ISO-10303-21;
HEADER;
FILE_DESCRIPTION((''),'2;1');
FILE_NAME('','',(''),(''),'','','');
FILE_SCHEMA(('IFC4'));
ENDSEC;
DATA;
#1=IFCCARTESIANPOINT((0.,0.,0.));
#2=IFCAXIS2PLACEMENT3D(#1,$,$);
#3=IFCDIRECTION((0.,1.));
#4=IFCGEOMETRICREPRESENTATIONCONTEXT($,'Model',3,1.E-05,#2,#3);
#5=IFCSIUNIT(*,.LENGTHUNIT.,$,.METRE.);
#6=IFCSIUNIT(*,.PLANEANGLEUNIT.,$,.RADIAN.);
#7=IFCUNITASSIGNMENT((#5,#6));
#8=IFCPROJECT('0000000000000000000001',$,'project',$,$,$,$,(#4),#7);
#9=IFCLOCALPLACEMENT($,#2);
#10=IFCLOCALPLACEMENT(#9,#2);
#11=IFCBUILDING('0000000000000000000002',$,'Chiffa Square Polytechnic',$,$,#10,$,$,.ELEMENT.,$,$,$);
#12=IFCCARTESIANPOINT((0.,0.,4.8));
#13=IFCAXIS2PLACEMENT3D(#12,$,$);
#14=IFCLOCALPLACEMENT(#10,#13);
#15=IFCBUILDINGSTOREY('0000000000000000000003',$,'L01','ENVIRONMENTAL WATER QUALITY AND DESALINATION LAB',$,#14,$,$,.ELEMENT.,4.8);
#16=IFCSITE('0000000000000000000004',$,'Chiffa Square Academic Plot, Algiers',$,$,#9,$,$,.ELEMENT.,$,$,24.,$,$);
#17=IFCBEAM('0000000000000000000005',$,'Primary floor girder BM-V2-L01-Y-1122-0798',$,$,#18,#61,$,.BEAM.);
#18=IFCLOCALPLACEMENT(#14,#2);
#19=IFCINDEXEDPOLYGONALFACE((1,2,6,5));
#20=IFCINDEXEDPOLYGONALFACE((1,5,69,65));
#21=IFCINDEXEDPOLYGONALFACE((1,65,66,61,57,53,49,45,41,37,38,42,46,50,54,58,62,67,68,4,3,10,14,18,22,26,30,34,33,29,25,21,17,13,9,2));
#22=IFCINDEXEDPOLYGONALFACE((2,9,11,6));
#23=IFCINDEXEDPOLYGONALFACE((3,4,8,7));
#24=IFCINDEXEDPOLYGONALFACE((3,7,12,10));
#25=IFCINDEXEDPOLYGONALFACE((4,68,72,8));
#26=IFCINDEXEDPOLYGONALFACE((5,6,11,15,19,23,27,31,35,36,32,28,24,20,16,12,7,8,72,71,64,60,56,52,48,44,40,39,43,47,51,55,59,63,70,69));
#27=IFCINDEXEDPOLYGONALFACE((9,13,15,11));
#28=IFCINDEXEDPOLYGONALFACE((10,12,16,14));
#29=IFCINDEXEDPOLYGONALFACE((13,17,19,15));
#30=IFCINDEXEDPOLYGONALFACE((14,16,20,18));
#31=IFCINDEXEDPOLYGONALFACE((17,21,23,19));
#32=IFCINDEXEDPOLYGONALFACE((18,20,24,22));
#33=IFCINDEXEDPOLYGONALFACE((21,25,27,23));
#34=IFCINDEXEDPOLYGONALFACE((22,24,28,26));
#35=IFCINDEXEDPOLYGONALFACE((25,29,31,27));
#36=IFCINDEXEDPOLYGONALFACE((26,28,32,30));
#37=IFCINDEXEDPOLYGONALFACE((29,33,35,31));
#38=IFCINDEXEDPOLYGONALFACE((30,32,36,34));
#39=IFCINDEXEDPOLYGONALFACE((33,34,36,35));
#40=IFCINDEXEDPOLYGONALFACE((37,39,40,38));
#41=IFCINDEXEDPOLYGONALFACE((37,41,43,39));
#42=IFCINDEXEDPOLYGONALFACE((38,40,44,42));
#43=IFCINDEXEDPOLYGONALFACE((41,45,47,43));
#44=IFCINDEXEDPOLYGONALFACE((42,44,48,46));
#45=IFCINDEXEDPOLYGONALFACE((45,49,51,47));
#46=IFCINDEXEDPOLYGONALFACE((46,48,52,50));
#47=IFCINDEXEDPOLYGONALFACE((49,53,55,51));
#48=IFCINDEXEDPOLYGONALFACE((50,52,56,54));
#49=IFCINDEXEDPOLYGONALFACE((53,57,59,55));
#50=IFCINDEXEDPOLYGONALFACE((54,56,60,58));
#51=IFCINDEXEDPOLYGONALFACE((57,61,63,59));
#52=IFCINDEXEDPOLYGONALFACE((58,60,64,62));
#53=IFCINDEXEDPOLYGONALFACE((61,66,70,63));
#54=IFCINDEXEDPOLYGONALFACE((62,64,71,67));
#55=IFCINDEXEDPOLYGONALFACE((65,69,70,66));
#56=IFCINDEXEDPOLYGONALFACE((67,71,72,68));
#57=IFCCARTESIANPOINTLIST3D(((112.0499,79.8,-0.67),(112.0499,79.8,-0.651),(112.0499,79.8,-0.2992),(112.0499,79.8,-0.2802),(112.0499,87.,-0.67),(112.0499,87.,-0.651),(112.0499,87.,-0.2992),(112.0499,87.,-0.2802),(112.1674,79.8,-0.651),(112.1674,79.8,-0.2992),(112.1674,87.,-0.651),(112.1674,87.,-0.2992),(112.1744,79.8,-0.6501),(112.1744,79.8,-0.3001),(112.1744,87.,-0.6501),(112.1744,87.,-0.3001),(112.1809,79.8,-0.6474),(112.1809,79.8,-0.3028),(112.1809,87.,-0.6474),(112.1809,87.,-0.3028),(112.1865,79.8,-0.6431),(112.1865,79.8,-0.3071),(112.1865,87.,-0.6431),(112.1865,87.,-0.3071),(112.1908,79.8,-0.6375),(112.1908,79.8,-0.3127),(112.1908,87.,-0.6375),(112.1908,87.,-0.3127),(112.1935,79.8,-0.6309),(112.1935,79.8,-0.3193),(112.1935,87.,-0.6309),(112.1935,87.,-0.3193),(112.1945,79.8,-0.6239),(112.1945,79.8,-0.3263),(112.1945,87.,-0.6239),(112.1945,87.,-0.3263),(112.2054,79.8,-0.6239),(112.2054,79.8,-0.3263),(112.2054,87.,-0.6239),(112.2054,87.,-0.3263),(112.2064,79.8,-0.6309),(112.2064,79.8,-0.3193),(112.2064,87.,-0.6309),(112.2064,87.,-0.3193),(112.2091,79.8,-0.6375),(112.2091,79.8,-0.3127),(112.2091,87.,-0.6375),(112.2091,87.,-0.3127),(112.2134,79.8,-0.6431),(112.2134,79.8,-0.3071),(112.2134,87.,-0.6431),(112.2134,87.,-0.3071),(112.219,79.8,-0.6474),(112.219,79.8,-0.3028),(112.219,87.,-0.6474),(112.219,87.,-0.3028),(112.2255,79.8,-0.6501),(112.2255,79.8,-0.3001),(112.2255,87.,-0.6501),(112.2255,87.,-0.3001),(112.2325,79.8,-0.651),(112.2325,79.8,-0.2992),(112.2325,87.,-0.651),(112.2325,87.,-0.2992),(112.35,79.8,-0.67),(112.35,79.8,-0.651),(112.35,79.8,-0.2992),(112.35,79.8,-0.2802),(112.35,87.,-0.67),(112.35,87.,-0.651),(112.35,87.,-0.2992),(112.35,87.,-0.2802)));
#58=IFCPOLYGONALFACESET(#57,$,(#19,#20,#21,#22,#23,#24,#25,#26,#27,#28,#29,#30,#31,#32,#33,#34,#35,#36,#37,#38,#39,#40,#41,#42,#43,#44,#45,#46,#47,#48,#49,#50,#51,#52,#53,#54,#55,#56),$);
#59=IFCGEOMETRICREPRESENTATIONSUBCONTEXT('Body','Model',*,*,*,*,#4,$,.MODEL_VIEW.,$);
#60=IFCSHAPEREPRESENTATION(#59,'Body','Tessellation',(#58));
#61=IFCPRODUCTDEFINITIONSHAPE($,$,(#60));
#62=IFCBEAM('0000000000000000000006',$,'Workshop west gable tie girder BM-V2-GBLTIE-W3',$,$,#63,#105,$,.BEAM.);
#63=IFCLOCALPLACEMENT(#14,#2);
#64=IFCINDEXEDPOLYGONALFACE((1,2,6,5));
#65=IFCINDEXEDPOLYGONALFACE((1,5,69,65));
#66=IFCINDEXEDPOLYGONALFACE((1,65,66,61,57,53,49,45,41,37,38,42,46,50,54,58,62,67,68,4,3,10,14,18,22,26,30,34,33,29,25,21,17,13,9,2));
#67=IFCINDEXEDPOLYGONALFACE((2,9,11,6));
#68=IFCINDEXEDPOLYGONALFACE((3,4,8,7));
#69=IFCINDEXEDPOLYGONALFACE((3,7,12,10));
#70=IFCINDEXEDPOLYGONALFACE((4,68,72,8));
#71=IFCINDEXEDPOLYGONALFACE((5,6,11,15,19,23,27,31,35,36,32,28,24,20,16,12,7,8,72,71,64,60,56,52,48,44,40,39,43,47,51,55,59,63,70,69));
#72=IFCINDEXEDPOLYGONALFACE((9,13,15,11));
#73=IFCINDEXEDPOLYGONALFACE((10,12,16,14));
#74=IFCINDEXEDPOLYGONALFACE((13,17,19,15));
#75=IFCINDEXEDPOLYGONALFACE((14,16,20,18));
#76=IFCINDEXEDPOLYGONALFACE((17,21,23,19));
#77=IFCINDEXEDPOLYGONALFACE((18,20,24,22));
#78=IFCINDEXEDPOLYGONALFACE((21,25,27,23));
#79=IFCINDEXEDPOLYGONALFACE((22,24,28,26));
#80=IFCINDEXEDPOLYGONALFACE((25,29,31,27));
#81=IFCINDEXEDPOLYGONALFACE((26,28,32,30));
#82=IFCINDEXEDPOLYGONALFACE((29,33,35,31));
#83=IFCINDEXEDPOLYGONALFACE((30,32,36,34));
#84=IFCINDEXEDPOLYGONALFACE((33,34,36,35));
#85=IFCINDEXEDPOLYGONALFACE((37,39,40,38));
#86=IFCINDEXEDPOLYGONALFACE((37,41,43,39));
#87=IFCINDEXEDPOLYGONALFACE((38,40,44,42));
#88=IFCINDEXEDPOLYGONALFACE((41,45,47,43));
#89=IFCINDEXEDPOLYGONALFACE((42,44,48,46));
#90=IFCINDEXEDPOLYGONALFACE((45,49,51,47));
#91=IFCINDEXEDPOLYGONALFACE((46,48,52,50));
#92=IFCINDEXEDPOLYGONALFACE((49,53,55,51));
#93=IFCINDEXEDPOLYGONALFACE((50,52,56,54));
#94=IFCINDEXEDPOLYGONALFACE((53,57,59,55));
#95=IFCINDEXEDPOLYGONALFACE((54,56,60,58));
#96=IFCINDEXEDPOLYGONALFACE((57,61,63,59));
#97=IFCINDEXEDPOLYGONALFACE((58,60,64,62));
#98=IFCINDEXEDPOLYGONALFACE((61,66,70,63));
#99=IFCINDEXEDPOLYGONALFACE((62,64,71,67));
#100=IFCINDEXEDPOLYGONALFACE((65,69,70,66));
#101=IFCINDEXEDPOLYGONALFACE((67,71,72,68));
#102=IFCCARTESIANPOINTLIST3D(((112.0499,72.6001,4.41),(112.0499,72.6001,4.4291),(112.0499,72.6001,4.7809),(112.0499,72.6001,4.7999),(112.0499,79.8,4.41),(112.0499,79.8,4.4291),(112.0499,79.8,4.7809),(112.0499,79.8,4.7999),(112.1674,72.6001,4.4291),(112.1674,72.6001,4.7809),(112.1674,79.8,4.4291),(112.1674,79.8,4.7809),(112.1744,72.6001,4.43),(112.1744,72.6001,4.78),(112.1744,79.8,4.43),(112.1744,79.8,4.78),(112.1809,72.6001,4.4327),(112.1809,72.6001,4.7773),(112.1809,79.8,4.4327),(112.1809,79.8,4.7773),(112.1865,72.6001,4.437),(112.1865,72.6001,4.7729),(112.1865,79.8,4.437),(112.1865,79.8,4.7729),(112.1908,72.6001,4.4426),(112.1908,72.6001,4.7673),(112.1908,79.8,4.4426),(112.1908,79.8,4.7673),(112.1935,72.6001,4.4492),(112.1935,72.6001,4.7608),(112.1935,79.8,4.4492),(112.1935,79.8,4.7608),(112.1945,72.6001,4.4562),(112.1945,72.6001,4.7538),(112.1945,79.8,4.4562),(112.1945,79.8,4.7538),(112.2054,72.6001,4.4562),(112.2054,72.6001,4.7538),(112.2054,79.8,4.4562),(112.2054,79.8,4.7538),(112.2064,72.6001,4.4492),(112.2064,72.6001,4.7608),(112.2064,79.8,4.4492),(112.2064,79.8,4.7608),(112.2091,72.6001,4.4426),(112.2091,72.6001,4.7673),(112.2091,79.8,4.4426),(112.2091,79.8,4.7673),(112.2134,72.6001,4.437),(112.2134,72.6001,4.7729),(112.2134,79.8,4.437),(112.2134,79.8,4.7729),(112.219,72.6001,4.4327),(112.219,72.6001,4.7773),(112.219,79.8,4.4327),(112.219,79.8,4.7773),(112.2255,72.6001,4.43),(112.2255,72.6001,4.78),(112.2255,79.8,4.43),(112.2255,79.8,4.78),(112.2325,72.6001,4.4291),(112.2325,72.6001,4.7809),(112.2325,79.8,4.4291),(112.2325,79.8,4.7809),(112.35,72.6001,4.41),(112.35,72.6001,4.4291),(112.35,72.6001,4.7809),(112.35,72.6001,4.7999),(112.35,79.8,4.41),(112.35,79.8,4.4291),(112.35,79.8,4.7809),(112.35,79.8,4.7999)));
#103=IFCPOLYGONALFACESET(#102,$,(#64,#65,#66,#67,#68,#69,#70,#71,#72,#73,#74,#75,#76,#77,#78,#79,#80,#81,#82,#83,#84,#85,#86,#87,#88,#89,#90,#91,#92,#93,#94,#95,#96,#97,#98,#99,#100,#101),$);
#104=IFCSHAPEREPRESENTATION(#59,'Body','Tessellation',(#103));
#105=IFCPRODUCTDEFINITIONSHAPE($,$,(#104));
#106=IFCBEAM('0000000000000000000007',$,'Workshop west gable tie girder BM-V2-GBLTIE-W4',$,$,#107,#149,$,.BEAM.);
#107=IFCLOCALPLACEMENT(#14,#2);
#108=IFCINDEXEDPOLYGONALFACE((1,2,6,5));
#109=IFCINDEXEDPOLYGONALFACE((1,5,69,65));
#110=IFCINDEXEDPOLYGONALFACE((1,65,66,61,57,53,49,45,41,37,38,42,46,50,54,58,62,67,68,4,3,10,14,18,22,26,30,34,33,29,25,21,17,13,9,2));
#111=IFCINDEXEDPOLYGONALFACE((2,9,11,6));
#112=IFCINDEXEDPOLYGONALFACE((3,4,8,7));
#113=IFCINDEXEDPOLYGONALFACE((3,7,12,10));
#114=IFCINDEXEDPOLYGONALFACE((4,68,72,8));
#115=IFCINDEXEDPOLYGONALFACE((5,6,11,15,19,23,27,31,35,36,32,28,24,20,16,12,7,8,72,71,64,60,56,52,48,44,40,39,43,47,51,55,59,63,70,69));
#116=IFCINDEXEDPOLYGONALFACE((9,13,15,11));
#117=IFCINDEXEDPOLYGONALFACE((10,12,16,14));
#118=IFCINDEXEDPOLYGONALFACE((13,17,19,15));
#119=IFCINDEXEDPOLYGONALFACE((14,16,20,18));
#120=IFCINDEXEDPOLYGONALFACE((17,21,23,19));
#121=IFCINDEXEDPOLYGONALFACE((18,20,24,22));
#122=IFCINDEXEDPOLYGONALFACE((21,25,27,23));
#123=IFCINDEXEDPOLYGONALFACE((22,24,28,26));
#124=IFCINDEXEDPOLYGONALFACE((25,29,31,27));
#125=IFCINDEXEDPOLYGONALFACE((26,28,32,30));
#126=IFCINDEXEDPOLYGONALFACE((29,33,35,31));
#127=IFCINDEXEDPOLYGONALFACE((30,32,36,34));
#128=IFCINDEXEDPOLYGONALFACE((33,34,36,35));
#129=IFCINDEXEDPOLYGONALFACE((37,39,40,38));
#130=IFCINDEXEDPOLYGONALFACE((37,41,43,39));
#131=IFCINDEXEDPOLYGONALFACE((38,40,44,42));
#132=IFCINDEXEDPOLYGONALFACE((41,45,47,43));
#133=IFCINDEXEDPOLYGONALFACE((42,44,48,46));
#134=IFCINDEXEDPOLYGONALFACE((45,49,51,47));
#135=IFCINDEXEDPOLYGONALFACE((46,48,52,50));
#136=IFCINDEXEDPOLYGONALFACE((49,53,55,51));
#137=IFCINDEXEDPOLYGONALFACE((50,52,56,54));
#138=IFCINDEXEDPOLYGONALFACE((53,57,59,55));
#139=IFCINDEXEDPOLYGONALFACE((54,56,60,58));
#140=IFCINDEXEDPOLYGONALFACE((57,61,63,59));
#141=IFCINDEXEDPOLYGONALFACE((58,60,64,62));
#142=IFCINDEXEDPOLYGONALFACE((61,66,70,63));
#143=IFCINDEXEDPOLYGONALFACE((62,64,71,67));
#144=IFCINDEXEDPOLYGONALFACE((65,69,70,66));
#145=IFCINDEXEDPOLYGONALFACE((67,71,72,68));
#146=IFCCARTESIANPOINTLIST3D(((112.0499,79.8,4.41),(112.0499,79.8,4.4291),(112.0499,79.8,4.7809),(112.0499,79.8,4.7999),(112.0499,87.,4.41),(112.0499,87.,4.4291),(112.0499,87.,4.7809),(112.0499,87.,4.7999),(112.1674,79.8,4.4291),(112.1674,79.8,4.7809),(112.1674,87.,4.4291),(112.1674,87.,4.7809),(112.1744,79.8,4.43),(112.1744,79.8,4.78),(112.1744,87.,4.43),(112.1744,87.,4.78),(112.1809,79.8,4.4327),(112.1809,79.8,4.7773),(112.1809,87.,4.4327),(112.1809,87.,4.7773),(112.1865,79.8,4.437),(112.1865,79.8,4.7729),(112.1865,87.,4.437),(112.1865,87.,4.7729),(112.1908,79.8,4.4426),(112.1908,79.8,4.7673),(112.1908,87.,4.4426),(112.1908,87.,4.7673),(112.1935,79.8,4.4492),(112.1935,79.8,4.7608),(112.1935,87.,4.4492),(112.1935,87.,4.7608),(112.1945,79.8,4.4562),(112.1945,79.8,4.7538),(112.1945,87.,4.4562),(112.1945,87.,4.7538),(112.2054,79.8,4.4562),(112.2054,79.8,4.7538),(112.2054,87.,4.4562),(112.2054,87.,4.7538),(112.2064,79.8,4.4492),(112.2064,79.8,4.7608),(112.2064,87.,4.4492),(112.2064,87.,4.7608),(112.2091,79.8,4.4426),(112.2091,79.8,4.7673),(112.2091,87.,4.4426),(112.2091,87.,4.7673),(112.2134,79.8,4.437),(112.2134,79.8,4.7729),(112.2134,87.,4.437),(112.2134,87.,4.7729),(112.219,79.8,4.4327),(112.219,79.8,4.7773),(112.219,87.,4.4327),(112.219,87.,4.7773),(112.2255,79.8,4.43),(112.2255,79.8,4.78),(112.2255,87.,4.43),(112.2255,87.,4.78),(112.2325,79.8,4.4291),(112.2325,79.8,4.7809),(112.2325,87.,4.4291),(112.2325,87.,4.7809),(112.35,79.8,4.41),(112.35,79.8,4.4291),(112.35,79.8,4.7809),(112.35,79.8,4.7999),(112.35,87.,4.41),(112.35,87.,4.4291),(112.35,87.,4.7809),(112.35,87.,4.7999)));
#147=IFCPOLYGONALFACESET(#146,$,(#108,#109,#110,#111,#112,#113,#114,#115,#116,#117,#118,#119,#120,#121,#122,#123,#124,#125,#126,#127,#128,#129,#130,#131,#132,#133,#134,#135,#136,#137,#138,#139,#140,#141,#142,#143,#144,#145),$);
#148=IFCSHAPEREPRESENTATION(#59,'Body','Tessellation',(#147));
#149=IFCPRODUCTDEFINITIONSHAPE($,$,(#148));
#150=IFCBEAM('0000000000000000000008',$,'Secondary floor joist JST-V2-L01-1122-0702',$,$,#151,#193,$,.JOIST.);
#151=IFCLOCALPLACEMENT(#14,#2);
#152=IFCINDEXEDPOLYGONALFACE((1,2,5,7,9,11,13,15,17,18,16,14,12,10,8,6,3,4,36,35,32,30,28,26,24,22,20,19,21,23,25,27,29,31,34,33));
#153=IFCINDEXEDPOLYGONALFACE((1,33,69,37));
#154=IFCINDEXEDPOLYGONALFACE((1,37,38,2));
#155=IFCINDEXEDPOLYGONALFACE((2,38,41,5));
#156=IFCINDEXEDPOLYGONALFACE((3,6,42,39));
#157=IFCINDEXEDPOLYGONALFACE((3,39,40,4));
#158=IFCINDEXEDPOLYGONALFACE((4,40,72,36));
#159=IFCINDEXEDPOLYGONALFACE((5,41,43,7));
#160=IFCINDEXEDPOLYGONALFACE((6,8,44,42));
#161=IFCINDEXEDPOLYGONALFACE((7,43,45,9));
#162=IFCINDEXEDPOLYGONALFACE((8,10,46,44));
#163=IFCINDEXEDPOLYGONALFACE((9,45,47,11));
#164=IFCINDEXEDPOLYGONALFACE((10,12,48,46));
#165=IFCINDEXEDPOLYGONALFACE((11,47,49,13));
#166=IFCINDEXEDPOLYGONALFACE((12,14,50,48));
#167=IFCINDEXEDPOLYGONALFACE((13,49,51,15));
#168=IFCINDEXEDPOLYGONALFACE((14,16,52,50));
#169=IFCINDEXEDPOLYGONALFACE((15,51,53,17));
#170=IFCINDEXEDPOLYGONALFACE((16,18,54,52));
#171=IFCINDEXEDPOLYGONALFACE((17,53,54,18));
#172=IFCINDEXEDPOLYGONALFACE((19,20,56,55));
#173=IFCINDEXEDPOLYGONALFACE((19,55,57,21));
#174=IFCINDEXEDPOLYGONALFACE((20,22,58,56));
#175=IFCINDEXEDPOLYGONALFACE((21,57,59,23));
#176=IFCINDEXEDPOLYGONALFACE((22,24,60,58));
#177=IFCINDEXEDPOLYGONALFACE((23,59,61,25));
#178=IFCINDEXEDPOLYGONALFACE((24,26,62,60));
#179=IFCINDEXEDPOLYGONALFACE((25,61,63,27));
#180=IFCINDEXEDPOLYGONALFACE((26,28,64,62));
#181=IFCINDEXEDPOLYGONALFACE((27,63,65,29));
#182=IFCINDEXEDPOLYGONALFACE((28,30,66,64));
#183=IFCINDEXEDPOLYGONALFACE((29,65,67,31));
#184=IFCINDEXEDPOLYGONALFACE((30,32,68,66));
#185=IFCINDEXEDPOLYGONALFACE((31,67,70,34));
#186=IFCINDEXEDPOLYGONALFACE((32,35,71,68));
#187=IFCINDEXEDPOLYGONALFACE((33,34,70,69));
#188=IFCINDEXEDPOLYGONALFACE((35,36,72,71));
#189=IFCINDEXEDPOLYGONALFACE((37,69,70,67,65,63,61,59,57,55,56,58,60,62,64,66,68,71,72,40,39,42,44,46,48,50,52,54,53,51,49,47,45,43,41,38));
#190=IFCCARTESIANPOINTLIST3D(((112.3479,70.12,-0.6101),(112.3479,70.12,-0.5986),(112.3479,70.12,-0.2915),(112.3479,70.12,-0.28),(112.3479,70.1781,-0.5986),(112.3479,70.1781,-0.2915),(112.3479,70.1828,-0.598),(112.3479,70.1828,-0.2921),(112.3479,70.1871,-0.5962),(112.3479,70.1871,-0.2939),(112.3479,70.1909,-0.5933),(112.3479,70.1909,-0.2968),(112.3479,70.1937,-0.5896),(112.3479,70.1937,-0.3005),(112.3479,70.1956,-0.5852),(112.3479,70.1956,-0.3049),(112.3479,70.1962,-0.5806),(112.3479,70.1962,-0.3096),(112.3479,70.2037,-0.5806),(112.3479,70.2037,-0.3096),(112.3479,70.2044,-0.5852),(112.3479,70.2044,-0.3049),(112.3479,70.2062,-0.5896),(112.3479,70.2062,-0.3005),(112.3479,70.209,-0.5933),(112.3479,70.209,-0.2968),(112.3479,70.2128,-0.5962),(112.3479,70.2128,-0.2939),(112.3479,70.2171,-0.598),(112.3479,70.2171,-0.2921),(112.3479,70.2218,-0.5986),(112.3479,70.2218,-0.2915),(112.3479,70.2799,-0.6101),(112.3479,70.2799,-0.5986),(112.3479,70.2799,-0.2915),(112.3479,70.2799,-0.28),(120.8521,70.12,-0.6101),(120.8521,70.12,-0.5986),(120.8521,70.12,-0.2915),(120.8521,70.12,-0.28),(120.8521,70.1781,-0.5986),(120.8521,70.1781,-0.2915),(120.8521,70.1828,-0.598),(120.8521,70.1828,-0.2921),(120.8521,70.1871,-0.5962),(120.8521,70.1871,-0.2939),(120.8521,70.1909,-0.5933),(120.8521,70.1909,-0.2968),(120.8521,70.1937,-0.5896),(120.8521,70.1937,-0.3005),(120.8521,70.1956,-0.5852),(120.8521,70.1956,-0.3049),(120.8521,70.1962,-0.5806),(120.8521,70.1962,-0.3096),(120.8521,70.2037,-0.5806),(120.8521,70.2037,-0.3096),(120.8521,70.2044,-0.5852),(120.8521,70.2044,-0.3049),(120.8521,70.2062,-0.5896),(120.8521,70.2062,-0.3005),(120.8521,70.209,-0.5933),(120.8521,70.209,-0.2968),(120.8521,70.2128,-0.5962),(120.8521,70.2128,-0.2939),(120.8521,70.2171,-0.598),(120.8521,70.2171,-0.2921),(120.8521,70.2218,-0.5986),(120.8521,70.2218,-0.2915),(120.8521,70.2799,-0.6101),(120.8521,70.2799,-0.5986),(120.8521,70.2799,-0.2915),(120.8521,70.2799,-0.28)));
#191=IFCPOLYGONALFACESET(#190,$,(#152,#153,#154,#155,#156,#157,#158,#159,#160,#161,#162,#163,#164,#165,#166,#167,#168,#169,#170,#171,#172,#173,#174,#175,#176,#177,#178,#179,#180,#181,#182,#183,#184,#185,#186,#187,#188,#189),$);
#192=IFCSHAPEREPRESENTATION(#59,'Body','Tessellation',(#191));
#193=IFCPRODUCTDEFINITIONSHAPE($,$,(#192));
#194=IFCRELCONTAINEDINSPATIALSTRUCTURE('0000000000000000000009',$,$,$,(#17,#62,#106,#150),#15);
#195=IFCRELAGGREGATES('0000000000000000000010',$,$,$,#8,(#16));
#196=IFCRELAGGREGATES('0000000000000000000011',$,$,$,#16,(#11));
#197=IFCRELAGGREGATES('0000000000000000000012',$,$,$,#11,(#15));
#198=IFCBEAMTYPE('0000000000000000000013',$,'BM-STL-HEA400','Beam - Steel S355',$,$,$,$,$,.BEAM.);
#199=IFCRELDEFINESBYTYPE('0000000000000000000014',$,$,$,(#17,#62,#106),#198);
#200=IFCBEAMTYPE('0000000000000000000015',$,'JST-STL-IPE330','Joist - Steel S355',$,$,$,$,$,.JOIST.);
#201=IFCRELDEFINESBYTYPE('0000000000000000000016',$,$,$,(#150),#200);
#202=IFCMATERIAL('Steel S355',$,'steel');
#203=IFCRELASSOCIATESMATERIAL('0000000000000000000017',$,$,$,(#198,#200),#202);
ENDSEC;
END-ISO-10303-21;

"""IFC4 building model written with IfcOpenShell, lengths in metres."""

from ifc_helpers import new_model, si_unit, direction, frame, origin, origin_2d, place, context, subcontext, project, spatial, i_section, extrude, material, material_profile, profile_set, type_object, element, save


model = new_model("IFC4")

# Units and contexts
model_context = context("Model", 3, precision=1e-05, world=origin(), true_north=direction((0.0, 1.0)))
body_context = subcontext(model_context, "Body", "Model", "MODEL_VIEW")
ifc_project = project(units=[si_unit("LENGTHUNIT", "METRE"), si_unit("PLANEANGLEUNIT", "RADIAN")], contexts=[model_context])

# Site, building, storey
site_placement = place(None, origin())
site = spatial("IfcSite", under=ifc_project, at=site_placement, Name="Chiffa Square Academic Plot, Algiers", CompositionType="ELEMENT", RefElevation=24.0)
building_placement = place(site_placement, origin())
building = spatial("IfcBuilding", under=site, at=building_placement, Name="Chiffa Square Polytechnic", CompositionType="ELEMENT")
storey_placement = place(building_placement, frame((0.0, 0.0, 4.8)))
storey = spatial("IfcBuildingStorey", under=building, at=storey_placement, Name="L01", Description="ENVIRONMENTAL WATER QUALITY AND DESALINATION LAB", CompositionType="ELEMENT", Elevation=4.8)

# Shared definitions
ifc_material_1 = material(Name="Steel S355", Category="steel")

# Beams
ifc_material_profile_1 = material_profile(ifc_material_1, i_section(OverallWidth=0.3, OverallDepth=0.3899, WebThickness=0.011, FlangeThickness=0.019, FilletRadius=0.0271, at=origin_2d()), Name="HEA 400")
ifc_profile_set_1 = profile_set([ifc_material_profile_1], Name="Steel S355")
beam_type_1 = type_object("IfcBeamType", Name="BM-STL-HEA400", Description="Beam - Steel S355", PredefinedType="BEAM", material=ifc_profile_set_1)
for number, where, z_axis, x_axis, name in (
    (1, (112.2, 79.8, -0.4751), (0.0, 1.0, 0.0), (-1.0, 0.0, 0.0), "Primary floor girder BM-V2-L01-Y-1122-0798"),
    (2, (112.2, 72.6001, 4.605), (0.0, 1.0, 0.0), (-1.0, 0.0, 0.0), "Workshop west gable tie girder BM-V2-GBLTIE-W3"),
    (3, (112.2, 79.8, 4.605), (0.0, 1.0, 0.0), (-1.0, 0.0, 0.0), "Workshop west gable tie girder BM-V2-GBLTIE-W4"),
):
    element("IfcBeam", number, at=place(storey_placement, frame(where, z_axis=z_axis, x_axis=x_axis)), inside=storey, type_object=beam_type_1, Name=name, PredefinedType="BEAM", context=body_context, shape_type="SweptSolid", body=[
        extrude(i_section(OverallWidth=0.3, OverallDepth=0.3899, WebThickness=0.011, FlangeThickness=0.019, FilletRadius=0.0271, at=origin_2d()), origin(), (0.0, 0.0, 1.0), 7.2),
    ])
ifc_material_profile_2 = material_profile(ifc_material_1, i_section(OverallWidth=0.1599, OverallDepth=0.3301, WebThickness=0.0076, FlangeThickness=0.0115, FilletRadius=0.0181, at=origin_2d()), Name="IPE 330")
ifc_profile_set_2 = profile_set([ifc_material_profile_2], Name="Steel S355")
beam_type_2 = type_object("IfcBeamType", Name="JST-STL-IPE330", Description="Joist - Steel S355", PredefinedType="JOIST", material=ifc_profile_set_2)
for number, where, z_axis, x_axis, name in (
    (4, (112.3479, 70.2, -0.4451), (1.0, 0.0, 0.0), (0.0, 1.0, 0.0), "Secondary floor joist JST-V2-L01-1122-0702"),
):
    element("IfcBeam", number, at=place(storey_placement, frame(where, z_axis=z_axis, x_axis=x_axis)), inside=storey, type_object=beam_type_2, Name=name, PredefinedType="JOIST", context=body_context, shape_type="SweptSolid", body=[
        extrude(i_section(OverallWidth=0.1599, OverallDepth=0.3301, WebThickness=0.0076, FlangeThickness=0.0115, FilletRadius=0.0181, at=origin_2d()), origin(), (0.0, 0.0, 1.0), 8.5042),
    ])

save(model, "model.ifc")
